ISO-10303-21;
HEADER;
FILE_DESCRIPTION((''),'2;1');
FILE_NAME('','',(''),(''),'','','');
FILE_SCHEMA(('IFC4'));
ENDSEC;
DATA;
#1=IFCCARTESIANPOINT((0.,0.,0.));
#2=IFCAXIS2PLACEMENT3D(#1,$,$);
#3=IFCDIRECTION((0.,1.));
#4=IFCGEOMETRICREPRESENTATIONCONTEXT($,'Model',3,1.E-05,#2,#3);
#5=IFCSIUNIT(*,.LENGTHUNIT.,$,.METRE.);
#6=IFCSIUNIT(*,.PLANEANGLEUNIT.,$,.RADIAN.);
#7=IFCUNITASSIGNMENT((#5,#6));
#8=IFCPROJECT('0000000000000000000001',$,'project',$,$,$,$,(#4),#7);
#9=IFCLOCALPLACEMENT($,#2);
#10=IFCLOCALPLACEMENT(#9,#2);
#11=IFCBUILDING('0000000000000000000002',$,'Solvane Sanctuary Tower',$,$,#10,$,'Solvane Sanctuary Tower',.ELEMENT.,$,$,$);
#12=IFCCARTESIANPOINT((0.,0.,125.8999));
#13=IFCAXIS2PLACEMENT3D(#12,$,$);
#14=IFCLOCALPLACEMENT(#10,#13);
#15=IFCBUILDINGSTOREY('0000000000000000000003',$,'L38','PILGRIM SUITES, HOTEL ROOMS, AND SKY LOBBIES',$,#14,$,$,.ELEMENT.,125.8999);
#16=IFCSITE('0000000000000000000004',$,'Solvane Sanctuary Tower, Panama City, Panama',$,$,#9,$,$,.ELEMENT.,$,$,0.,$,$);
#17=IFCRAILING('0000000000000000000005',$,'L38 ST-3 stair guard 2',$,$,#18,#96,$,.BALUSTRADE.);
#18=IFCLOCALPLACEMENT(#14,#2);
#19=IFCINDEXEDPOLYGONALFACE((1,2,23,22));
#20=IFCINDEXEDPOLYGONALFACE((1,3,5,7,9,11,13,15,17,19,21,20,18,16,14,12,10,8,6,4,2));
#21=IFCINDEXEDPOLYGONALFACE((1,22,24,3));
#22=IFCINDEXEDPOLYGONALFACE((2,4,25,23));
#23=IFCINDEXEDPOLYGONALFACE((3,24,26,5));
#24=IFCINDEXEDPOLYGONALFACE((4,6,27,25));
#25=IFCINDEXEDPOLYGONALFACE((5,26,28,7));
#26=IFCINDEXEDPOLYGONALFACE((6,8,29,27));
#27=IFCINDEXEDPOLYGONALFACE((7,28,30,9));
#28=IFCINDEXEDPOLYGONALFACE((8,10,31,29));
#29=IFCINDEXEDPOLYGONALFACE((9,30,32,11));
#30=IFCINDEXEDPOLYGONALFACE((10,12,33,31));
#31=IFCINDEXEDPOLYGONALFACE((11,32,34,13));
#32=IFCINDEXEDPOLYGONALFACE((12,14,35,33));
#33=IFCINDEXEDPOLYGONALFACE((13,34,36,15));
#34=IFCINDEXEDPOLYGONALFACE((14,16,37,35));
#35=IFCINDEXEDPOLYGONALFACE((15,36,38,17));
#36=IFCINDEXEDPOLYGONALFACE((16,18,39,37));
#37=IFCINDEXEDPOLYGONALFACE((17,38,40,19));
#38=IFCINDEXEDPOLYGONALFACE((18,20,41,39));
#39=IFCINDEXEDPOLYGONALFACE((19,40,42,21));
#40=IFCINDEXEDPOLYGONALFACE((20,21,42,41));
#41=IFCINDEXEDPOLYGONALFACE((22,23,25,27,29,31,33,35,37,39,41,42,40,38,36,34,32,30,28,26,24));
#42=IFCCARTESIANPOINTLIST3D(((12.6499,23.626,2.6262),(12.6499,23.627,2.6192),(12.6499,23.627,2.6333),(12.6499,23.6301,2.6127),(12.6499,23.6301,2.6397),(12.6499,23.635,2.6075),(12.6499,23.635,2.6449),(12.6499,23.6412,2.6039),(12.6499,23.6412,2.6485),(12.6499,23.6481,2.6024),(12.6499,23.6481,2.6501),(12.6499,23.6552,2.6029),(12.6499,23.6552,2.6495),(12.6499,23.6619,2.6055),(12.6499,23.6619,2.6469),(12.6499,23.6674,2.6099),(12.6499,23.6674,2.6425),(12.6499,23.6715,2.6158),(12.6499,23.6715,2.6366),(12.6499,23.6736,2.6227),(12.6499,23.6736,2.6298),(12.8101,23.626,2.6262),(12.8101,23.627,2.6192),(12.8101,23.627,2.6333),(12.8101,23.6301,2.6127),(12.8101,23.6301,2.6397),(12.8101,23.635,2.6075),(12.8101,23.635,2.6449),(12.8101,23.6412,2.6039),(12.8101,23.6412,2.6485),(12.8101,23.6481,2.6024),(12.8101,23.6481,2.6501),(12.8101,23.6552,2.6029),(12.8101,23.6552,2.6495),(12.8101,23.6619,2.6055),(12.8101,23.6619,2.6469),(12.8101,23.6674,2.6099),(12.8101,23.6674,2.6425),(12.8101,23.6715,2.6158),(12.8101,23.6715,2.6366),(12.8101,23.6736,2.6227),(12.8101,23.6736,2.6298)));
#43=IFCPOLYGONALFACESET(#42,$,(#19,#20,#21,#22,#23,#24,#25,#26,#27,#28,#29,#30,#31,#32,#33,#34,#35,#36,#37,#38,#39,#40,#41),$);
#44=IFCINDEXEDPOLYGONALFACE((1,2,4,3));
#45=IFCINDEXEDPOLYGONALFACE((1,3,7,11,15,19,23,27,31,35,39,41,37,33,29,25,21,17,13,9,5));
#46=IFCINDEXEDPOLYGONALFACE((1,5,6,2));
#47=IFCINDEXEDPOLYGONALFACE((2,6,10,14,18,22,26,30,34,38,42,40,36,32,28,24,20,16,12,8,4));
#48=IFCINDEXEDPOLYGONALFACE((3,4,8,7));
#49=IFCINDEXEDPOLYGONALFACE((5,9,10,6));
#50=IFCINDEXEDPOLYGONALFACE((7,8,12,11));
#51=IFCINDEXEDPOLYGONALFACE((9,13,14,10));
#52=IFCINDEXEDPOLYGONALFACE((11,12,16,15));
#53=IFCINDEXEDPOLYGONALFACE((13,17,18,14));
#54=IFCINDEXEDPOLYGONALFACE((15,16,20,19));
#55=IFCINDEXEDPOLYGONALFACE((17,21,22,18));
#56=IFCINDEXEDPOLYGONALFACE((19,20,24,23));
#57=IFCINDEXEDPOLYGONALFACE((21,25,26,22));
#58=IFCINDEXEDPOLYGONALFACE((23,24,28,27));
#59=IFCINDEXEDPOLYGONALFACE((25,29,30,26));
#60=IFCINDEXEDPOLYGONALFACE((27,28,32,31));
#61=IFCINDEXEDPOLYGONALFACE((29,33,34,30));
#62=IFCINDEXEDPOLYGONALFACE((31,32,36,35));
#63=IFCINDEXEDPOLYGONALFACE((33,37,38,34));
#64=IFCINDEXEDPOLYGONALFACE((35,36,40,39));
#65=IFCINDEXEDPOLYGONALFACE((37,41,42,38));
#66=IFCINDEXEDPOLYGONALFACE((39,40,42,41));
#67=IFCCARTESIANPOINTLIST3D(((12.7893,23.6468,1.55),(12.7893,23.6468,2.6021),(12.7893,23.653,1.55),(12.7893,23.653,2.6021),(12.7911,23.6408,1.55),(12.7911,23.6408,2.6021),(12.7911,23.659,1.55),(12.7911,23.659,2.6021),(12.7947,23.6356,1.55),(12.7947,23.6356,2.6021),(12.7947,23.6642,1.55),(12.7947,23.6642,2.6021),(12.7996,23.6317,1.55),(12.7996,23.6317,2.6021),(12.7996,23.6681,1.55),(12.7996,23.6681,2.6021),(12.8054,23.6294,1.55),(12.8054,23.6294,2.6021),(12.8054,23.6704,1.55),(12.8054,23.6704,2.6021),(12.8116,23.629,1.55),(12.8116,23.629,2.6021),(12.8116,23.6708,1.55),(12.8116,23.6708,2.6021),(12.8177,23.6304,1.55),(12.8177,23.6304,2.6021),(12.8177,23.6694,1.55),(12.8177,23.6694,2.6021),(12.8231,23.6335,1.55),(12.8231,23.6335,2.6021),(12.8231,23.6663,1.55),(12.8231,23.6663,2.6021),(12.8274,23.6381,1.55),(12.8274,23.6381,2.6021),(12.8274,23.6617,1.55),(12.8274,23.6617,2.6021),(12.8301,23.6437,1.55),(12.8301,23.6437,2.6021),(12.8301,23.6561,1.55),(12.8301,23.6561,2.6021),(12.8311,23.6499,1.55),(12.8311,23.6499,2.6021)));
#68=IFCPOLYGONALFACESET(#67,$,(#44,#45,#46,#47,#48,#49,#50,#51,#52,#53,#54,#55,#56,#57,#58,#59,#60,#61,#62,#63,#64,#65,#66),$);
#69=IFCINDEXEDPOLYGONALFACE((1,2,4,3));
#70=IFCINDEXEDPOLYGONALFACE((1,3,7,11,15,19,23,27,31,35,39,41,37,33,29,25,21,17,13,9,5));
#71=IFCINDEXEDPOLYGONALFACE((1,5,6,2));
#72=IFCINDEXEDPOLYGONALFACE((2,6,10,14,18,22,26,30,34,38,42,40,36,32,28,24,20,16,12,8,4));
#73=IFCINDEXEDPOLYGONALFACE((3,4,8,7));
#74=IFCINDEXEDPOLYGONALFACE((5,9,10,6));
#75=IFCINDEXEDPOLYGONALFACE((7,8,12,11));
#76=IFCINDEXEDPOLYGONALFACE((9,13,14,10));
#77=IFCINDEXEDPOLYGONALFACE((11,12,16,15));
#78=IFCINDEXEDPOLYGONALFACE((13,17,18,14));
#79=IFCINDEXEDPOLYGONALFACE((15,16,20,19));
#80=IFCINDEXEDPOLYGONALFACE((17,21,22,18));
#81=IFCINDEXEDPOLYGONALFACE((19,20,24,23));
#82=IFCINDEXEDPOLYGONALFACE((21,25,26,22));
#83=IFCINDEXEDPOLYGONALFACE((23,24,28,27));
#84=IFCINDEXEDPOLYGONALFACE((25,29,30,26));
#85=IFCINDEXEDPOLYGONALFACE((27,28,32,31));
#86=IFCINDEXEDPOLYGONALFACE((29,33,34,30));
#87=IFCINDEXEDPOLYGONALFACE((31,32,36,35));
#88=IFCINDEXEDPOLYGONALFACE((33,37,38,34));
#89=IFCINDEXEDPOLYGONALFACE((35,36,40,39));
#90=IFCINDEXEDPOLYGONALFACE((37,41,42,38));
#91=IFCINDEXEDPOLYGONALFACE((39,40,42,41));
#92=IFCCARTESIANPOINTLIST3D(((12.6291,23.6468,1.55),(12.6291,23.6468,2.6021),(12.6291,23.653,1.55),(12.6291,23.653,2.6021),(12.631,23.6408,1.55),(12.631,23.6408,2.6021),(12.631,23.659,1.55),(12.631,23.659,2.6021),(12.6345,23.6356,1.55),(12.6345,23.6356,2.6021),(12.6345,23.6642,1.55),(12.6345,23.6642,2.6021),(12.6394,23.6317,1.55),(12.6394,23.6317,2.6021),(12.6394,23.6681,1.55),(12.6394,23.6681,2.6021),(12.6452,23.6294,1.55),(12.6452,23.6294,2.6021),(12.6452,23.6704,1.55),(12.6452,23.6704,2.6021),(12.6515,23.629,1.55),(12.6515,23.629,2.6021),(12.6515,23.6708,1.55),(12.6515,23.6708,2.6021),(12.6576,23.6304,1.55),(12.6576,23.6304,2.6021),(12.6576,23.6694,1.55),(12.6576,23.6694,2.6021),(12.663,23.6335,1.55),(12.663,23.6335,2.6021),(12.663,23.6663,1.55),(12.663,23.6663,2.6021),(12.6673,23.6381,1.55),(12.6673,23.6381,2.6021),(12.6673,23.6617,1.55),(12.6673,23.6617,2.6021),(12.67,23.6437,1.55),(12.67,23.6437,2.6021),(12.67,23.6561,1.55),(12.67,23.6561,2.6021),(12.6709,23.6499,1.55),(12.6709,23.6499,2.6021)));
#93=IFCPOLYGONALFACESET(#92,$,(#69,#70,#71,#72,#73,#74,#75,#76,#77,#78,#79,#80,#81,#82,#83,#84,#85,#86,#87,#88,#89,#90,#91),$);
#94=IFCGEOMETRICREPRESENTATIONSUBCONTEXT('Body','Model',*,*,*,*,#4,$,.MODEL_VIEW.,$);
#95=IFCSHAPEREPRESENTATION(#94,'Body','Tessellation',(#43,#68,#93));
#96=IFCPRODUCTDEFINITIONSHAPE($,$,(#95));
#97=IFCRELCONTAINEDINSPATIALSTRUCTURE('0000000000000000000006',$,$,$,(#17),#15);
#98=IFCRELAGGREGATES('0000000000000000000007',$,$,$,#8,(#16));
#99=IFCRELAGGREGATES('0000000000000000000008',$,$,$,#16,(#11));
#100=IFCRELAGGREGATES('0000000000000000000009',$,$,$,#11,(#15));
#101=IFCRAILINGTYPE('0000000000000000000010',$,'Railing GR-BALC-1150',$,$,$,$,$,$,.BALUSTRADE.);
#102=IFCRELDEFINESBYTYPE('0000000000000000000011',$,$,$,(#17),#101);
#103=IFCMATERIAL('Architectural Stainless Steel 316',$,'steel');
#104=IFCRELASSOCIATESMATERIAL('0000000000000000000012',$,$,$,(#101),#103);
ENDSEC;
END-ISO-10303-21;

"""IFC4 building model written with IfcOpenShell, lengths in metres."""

from ifc_helpers import new_model, si_unit, direction, frame, origin, origin_2d, place, context, subcontext, project, spatial, circle, extrude, material, type_object, element, save


model = new_model("IFC4")

# Units and contexts
model_context = context("Model", 3, precision=1e-05, world=origin(), true_north=direction((0.0, 1.0)))
body_context = subcontext(model_context, "Body", "Model", "MODEL_VIEW")
ifc_project = project(units=[si_unit("LENGTHUNIT", "METRE"), si_unit("PLANEANGLEUNIT", "RADIAN")], contexts=[model_context])

# Site, building, storey
site_placement = place(None, origin())
site = spatial("IfcSite", under=ifc_project, at=site_placement, Name="Solvane Sanctuary Tower, Panama City, Panama", CompositionType="ELEMENT", RefElevation=0.0)
building_placement = place(site_placement, origin())
building = spatial("IfcBuilding", under=site, at=building_placement, Name="Solvane Sanctuary Tower", LongName="Solvane Sanctuary Tower", CompositionType="ELEMENT")
storey_placement = place(building_placement, frame((0.0, 0.0, 125.8999)))
storey = spatial("IfcBuildingStorey", under=building, at=storey_placement, Name="L38", Description="PILGRIM SUITES, HOTEL ROOMS, AND SKY LOBBIES", CompositionType="ELEMENT", Elevation=125.8999)

# Shared definitions
ifc_material_1 = material(Name="Architectural Stainless Steel 316", Category="steel")

# Railing
railing_type_1 = type_object("IfcRailingType", Name="Railing GR-BALC-1150", PredefinedType="BALUSTRADE", material=ifc_material_1)
railing_1_placement = place(storey_placement, frame((12.8101, 23.6499, 1.55)))
element("IfcRailing", 1, at=railing_1_placement, inside=storey, type_object=railing_type_1, Name="L38 ST-3 stair guard 2", PredefinedType="BALUSTRADE", context=body_context, shape_type="SweptSolid", body=[
    extrude(circle(Radius=0.0239, at=origin_2d()), frame((0.0, 0.0, 1.0762), z_axis=(-1.0, 0.0, 0.0), x_axis=(0.0, -1.0, 0.0)), (0.0, 0.0, 1.0), 0.1602),
    extrude(circle(Radius=0.021, at=origin_2d()), origin(), (0.0, 0.0, 1.0), 1.052),
    extrude(circle(Radius=0.021, at=origin_2d()), frame((-0.1602, 0.0, 0.0)), (0.0, 0.0, 1.0), 1.052),
])

save(model, "model.ifc")
